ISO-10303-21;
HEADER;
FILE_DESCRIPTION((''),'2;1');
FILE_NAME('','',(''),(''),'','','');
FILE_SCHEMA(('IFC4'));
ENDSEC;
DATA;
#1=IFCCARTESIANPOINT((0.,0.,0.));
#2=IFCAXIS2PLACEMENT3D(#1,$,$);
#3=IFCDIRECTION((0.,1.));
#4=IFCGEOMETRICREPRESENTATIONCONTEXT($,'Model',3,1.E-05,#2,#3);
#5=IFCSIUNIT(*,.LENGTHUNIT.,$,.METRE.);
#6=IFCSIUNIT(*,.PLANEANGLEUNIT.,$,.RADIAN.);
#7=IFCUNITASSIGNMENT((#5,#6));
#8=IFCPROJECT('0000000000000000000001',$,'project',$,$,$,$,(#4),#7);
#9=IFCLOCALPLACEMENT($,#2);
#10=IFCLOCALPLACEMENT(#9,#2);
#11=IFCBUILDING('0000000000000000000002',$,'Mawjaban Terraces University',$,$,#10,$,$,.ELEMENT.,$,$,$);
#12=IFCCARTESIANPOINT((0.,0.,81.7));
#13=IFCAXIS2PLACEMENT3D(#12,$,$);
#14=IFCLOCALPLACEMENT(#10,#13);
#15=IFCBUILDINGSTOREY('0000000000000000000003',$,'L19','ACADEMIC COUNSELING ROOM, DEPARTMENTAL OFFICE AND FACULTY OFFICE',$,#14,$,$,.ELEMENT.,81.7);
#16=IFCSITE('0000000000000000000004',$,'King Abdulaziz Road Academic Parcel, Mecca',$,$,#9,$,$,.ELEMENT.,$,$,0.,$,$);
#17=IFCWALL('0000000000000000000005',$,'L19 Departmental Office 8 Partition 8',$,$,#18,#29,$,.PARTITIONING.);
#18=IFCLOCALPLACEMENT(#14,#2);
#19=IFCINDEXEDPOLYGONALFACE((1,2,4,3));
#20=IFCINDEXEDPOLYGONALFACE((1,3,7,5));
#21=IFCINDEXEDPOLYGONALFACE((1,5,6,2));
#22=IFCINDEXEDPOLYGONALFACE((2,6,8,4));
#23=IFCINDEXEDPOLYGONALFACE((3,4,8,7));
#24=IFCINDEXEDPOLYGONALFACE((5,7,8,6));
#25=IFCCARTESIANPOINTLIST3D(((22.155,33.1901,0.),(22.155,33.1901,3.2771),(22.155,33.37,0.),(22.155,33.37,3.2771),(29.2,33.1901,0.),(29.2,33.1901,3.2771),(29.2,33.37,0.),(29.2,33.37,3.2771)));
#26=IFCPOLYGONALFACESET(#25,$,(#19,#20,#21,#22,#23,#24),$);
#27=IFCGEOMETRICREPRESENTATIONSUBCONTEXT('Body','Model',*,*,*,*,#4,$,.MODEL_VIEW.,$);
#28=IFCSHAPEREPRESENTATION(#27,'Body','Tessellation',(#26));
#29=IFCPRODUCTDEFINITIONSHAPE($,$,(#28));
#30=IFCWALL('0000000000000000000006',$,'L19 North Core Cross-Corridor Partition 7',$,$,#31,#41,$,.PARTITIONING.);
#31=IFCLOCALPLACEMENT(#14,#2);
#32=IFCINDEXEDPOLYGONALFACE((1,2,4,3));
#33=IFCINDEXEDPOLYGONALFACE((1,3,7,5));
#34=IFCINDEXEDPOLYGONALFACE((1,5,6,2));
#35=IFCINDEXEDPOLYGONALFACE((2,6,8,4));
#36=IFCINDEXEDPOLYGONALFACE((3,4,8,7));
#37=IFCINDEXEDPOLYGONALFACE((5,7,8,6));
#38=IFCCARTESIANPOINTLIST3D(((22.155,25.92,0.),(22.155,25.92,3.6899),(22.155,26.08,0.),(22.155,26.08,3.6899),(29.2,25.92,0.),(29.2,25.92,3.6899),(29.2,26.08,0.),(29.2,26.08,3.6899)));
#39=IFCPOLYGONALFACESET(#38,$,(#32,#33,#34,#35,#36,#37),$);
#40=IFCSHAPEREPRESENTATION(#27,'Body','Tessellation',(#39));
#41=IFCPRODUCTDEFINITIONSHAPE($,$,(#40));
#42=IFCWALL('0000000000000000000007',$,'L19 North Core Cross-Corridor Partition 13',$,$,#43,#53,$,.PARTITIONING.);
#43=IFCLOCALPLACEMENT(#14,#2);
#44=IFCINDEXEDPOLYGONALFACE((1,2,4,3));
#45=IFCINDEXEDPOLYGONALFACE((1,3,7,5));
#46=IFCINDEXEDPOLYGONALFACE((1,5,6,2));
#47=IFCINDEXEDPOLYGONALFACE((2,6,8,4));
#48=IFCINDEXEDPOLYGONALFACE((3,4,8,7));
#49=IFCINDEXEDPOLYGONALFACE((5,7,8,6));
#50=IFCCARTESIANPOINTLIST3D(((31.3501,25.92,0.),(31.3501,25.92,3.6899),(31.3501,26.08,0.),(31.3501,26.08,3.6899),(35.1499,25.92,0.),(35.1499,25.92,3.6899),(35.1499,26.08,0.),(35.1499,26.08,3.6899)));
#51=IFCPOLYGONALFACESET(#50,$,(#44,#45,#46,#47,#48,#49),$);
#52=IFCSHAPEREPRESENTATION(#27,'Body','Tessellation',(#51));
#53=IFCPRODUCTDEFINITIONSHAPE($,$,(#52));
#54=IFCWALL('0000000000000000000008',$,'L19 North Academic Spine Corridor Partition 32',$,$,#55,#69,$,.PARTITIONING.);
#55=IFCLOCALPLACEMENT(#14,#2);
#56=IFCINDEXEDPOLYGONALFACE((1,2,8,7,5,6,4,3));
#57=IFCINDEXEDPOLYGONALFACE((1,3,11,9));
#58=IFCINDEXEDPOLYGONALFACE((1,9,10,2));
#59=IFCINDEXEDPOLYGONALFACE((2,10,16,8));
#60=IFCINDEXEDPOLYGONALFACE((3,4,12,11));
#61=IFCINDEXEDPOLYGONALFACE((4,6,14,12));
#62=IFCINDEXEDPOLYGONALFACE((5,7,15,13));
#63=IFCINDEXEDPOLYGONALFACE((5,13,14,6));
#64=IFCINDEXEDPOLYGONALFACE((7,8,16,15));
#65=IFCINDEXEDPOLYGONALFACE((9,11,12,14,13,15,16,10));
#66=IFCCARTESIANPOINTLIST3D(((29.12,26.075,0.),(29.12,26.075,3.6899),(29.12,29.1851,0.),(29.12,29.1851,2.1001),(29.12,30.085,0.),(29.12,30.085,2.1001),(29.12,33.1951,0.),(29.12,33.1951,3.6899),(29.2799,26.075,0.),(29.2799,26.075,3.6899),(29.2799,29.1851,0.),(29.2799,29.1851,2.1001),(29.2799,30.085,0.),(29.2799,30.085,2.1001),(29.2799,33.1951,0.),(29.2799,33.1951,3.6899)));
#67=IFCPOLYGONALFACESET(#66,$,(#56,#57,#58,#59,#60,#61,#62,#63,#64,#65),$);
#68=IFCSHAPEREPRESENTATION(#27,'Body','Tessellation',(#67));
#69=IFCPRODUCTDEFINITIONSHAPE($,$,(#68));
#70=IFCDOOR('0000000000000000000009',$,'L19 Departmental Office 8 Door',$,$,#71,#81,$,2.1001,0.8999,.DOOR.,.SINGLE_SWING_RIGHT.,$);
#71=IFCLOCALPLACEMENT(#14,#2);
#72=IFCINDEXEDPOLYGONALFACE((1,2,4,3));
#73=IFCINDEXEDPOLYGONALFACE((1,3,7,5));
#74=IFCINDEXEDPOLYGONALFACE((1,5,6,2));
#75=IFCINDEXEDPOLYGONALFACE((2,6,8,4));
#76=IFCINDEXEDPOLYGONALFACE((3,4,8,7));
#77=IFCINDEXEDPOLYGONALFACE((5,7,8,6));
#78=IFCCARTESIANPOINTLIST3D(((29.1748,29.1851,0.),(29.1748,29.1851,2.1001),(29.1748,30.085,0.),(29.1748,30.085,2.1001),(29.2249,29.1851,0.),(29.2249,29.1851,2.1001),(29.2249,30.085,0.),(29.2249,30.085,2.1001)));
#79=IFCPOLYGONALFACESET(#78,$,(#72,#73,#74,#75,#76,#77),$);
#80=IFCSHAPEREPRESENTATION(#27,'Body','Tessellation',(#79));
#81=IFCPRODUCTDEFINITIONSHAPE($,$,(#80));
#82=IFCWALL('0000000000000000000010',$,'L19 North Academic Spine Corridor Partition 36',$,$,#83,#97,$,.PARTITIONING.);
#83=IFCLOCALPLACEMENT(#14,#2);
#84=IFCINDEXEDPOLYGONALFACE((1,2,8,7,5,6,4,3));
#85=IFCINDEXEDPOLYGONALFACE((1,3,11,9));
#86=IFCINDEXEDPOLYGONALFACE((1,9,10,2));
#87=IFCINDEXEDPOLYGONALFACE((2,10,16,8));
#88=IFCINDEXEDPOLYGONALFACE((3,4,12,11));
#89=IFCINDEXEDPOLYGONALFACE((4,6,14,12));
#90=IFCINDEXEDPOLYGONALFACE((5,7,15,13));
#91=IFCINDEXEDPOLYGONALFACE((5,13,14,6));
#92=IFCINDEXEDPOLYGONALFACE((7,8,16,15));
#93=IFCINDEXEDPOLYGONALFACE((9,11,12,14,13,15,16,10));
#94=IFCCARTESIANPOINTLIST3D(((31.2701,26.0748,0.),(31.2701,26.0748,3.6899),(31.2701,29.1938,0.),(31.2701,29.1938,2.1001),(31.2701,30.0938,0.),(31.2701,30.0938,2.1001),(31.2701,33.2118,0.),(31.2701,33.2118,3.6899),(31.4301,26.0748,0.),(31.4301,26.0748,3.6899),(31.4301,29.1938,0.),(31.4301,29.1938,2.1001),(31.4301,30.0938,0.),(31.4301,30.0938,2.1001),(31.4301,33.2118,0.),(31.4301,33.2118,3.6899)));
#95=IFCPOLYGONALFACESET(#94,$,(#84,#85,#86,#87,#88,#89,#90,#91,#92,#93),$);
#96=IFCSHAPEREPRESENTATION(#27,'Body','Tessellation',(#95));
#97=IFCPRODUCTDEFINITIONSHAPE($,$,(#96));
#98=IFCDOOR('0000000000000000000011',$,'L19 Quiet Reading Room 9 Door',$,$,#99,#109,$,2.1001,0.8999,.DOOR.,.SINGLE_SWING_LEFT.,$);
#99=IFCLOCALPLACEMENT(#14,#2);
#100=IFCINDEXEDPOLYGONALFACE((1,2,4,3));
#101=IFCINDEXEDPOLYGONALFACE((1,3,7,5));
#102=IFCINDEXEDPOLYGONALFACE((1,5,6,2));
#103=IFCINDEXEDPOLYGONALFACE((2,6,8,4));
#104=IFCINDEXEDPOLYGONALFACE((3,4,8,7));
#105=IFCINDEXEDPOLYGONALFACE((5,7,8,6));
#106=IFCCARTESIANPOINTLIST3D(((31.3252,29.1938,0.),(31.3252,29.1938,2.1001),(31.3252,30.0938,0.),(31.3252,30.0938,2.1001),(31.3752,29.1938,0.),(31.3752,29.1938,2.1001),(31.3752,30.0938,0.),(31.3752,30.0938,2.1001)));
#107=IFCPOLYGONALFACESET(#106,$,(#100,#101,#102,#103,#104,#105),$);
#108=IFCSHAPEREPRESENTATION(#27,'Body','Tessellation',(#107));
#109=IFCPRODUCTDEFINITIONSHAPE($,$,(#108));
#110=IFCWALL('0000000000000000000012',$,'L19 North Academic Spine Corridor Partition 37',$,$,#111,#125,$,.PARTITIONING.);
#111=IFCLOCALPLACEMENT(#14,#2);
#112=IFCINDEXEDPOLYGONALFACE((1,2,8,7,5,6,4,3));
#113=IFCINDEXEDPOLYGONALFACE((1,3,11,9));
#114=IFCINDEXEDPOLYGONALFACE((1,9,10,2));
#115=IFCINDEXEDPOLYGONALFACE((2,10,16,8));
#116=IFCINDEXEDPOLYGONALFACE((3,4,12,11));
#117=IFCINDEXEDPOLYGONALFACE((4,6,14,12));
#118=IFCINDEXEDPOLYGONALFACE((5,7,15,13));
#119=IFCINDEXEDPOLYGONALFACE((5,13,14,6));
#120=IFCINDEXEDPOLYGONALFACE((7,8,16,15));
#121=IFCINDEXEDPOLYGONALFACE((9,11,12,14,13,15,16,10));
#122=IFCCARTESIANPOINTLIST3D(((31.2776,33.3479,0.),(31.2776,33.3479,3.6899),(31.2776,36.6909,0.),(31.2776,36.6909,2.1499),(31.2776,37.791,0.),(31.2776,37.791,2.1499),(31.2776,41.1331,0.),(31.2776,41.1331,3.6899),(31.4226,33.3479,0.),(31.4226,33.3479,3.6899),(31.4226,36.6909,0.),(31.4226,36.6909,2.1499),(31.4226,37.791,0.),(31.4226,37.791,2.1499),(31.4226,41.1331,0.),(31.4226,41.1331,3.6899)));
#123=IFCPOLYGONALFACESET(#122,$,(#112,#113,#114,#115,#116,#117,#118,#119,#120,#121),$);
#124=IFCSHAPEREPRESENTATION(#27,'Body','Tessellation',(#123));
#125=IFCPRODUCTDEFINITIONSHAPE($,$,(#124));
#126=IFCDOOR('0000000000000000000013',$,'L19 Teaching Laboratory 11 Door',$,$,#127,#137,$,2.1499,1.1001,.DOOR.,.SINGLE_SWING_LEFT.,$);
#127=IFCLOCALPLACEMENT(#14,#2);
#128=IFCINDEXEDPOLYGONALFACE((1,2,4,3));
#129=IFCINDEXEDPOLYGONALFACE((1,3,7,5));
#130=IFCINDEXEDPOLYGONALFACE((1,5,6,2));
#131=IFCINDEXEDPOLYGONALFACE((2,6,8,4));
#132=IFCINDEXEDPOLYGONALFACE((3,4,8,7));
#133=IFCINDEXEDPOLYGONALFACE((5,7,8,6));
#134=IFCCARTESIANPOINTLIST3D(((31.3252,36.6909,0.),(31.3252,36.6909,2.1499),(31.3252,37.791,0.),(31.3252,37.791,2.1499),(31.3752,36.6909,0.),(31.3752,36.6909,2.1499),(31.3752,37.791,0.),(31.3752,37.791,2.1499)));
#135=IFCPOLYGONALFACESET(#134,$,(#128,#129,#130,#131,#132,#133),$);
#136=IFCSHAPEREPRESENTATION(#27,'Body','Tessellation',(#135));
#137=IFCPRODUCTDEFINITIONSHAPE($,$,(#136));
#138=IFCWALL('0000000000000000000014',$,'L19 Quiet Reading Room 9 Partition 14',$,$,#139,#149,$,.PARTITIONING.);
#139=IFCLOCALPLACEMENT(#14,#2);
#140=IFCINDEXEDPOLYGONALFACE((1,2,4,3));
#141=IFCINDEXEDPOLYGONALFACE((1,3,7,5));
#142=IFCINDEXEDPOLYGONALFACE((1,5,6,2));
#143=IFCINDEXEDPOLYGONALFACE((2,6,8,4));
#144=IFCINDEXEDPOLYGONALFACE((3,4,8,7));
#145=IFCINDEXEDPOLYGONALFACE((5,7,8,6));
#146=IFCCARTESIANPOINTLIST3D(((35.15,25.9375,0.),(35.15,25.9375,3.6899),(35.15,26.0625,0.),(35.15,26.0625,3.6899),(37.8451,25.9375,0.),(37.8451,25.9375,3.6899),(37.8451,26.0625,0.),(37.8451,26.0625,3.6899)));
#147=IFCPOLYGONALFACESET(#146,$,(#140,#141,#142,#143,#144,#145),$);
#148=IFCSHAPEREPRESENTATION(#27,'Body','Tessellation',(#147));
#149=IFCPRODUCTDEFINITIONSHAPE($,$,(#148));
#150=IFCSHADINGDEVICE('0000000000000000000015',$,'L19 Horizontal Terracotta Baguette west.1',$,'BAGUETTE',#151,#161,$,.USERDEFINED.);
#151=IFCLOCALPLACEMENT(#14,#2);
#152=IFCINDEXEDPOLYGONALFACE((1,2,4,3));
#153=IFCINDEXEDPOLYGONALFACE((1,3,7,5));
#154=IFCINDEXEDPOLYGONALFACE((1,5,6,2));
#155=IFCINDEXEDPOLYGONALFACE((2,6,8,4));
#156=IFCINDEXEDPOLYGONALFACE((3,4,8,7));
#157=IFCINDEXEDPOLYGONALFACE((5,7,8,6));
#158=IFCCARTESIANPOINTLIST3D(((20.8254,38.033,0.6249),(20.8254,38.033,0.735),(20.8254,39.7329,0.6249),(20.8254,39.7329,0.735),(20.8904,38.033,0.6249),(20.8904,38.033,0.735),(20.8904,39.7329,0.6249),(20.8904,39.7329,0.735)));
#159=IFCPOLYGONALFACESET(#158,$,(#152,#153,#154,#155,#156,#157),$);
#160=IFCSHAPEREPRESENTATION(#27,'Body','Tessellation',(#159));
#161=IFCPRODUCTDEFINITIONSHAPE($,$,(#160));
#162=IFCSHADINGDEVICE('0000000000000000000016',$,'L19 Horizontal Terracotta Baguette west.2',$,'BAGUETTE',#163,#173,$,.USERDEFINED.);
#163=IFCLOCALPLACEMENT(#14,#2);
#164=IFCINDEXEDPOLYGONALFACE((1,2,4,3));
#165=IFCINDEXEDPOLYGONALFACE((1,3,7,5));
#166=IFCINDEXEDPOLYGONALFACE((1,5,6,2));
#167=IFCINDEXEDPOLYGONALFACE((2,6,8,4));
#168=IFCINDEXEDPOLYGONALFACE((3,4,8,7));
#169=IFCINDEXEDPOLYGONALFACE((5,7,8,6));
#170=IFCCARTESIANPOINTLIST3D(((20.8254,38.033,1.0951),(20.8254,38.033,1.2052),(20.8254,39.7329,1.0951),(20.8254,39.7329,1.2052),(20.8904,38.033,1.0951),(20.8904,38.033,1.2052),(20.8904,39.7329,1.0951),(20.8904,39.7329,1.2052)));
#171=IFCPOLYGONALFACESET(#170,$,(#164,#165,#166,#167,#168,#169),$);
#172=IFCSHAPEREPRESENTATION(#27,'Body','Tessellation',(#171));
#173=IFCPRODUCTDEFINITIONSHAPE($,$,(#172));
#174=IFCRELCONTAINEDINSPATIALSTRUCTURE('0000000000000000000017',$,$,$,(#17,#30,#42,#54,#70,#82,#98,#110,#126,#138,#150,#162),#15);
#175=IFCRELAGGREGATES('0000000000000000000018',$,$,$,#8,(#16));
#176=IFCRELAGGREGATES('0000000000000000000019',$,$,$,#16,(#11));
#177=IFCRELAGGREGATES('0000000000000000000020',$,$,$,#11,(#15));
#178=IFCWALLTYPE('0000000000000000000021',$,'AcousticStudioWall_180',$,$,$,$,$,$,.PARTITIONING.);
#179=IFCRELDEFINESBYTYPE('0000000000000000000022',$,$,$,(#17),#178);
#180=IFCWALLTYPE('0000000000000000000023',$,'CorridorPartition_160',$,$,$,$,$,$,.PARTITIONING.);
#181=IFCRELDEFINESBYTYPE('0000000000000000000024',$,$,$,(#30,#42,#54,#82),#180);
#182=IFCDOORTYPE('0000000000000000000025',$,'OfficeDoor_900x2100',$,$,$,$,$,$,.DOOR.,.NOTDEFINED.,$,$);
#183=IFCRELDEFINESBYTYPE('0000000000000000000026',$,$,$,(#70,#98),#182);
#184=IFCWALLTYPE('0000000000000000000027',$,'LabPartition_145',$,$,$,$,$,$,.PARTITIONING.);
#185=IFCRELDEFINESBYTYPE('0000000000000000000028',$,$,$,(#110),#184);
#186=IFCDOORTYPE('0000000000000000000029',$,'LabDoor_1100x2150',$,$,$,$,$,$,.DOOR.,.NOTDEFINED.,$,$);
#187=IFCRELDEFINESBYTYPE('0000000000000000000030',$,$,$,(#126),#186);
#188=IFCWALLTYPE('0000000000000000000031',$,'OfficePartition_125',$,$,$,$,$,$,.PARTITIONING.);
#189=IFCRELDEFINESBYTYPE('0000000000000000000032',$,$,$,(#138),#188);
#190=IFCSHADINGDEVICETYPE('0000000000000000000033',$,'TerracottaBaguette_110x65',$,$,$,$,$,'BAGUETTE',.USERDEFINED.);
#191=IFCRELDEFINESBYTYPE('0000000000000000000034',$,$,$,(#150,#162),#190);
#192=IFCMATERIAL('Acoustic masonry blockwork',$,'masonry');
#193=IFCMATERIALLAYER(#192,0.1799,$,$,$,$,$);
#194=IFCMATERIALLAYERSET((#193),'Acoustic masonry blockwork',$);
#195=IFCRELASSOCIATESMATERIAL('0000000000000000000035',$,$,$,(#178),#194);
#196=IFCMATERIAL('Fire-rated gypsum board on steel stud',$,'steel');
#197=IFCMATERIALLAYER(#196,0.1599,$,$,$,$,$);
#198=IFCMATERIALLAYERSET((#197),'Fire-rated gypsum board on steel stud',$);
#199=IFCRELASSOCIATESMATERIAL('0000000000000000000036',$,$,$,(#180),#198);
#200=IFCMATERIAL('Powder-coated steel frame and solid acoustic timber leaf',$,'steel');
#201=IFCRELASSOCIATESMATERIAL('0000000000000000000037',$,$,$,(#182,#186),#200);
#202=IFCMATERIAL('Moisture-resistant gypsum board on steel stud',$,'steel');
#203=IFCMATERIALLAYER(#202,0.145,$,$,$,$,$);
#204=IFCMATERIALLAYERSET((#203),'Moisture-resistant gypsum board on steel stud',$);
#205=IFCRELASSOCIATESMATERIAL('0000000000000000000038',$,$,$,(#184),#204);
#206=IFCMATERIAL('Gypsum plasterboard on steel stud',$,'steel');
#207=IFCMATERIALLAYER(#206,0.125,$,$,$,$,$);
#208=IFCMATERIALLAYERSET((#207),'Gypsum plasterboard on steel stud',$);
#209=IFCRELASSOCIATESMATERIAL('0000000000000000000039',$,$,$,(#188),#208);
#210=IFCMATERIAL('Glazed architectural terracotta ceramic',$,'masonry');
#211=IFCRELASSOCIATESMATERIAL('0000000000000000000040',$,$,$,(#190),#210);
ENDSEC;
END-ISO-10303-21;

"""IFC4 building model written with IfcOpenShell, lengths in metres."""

from ifc_helpers import new_model, si_unit, direction, frame, frame_2d, origin, origin_2d, place, context, subcontext, project, spatial, rectangle, extrude, material, layer, layer_set, material_profile, profile_set, type_object, element, fill, save


model = new_model("IFC4")

# Units and contexts
model_context = context("Model", 3, precision=1e-05, world=origin(), true_north=direction((0.0, 1.0)))
body_context = subcontext(model_context, "Body", "Model", "MODEL_VIEW")
ifc_project = project(units=[si_unit("LENGTHUNIT", "METRE"), si_unit("PLANEANGLEUNIT", "RADIAN")], contexts=[model_context])

# Site, building, storey
site_placement = place(None, origin())
site = spatial("IfcSite", under=ifc_project, at=site_placement, Name="King Abdulaziz Road Academic Parcel, Mecca", CompositionType="ELEMENT", RefElevation=0.0)
building_placement = place(site_placement, origin())
building = spatial("IfcBuilding", under=site, at=building_placement, Name="Mawjaban Terraces University", CompositionType="ELEMENT")
storey_placement = place(building_placement, frame((0.0, 0.0, 81.7)))
storey = spatial("IfcBuildingStorey", under=building, at=storey_placement, Name="L19", Description="ACADEMIC COUNSELING ROOM, DEPARTMENTAL OFFICE AND FACULTY OFFICE", CompositionType="ELEMENT", Elevation=81.7)

# Walls
ifc_material_1 = material(Name="Acoustic masonry blockwork", Category="masonry")
ifc_layer_1 = layer(ifc_material_1, 0.1799)
ifc_layer_set_1 = layer_set([ifc_layer_1], Name="Acoustic masonry blockwork")
wall_type_1 = type_object("IfcWallType", Name="AcousticStudioWall_180", PredefinedType="PARTITIONING", material=ifc_layer_set_1)
wall_1_placement = place(storey_placement, frame((29.2, 33.28, 0.0), z_axis=(0.0, 0.0, 1.0), x_axis=(-1.0, 0.0, 0.0)))
element("IfcWall", 1, at=wall_1_placement, inside=storey, type_object=wall_type_1, Name="L19 Departmental Office 8 Partition 8", PredefinedType="PARTITIONING", context=body_context, shape_type="SweptSolid", body=[
    extrude(rectangle(XDim=7.0449, YDim=0.1799, at=frame_2d((3.5225, 0.0))), origin(), (0.0, 0.0, 1.0), 3.2771),
])
ifc_material_2 = material(Name="Fire-rated gypsum board on steel stud", Category="steel")
ifc_layer_2 = layer(ifc_material_2, 0.1599)
ifc_layer_set_2 = layer_set([ifc_layer_2], Name="Fire-rated gypsum board on steel stud")
wall_type_2 = type_object("IfcWallType", Name="CorridorPartition_160", PredefinedType="PARTITIONING", material=ifc_layer_set_2)
wall_2_placement = place(storey_placement, frame((29.2, 26.0, 0.0), z_axis=(0.0, 0.0, 1.0), x_axis=(-1.0, 0.0, 0.0)))
element("IfcWall", 2, at=wall_2_placement, inside=storey, type_object=wall_type_2, Name="L19 North Core Cross-Corridor Partition 7", PredefinedType="PARTITIONING", context=body_context, shape_type="SweptSolid", body=[
    extrude(rectangle(XDim=7.0449, YDim=0.1599, at=frame_2d((3.5225, 0.0))), origin(), (0.0, 0.0, 1.0), 3.6899),
])
wall_3_placement = place(storey_placement, frame((35.1499, 26.0, 0.0), z_axis=(0.0, 0.0, 1.0), x_axis=(-1.0, 0.0, 0.0)))
element("IfcWall", 3, at=wall_3_placement, inside=storey, type_object=wall_type_2, Name="L19 North Core Cross-Corridor Partition 13", PredefinedType="PARTITIONING", context=body_context, shape_type="SweptSolid", body=[
    extrude(rectangle(XDim=3.7998, YDim=0.1599, at=frame_2d((1.8999, 0.0))), origin(), (0.0, 0.0, 1.0), 3.6899),
])

# Walls, openings, doors
wall_4_placement = place(storey_placement, frame((29.2, 33.1951, 0.0), z_axis=(0.0, 0.0, 1.0), x_axis=(0.0, -1.0, 0.0)))
wall_4 = element("IfcWall", 4, at=wall_4_placement, inside=storey, type_object=wall_type_2, Name="L19 North Academic Spine Corridor Partition 32", PredefinedType="PARTITIONING", context=body_context, shape_type="SweptSolid", body=[
    extrude(rectangle(XDim=7.1201, YDim=0.1599, at=frame_2d((3.5601, 0.0))), origin(), (0.0, 0.0, 1.0), 3.6899),
])
opening_1_placement = place(wall_4_placement, frame((3.1101, 0.0, 0.0)))
opening_1 = element("IfcOpeningElement", 5, at=opening_1_placement, cuts=wall_4, PredefinedType="OPENING", context=body_context, shape_type="SweptSolid", body=[
    extrude(rectangle(XDim=0.8999, YDim=2.1001, at=frame_2d((0.45, 1.05))), frame((0.0, 0.0898, 0.0), z_axis=(0.0, -1.0, 0.0), x_axis=(1.0, 0.0, 0.0)), (0.0, 0.0, 1.0), 0.1799),
])
ifc_material_3 = material(Name="Powder-coated steel frame and solid acoustic timber leaf", Category="steel")
door_type_1 = type_object("IfcDoorType", Name="OfficeDoor_900x2100", OperationType="NOTDEFINED", PredefinedType="DOOR", material=ifc_material_3)
door_1_placement = place(opening_1_placement, origin())
door_1 = element("IfcDoor", 6, at=door_1_placement, inside=storey, type_object=door_type_1, Name="L19 Departmental Office 8 Door", OperationType="SINGLE_SWING_RIGHT", OverallHeight=2.1001, OverallWidth=0.8999, PredefinedType="DOOR", context=body_context, shape_type="SweptSolid", body=[
    extrude(rectangle(XDim=0.8999, YDim=2.1001, at=frame_2d((0.45, 1.05))), frame((0.0, 0.0249, 0.0), z_axis=(0.0, -1.0, 0.0), x_axis=(1.0, 0.0, 0.0)), (0.0, 0.0, 1.0), 0.05),
])
fill(opening_1, door_1)
wall_5_placement = place(storey_placement, frame((31.3501, 26.075, 0.0), z_axis=(0.0, 0.0, 1.0), x_axis=(0.0, 1.0, 0.0)))
wall_5 = element("IfcWall", 7, at=wall_5_placement, inside=storey, type_object=wall_type_2, Name="L19 North Academic Spine Corridor Partition 36", PredefinedType="PARTITIONING", context=body_context, shape_type="SweptSolid", body=[
    extrude(rectangle(XDim=7.137, YDim=0.1599, at=frame_2d((3.5684, 0.0))), origin(), (0.0, 0.0, 1.0), 3.6899),
])
opening_2_placement = place(wall_5_placement, frame((3.1189, 0.0, 0.0)))
opening_2 = element("IfcOpeningElement", 8, at=opening_2_placement, cuts=wall_5, PredefinedType="OPENING", context=body_context, shape_type="SweptSolid", body=[
    extrude(rectangle(XDim=0.8999, YDim=2.1001, at=frame_2d((0.45, 1.05))), frame((0.0, 0.0898, 0.0), z_axis=(0.0, -1.0, 0.0), x_axis=(1.0, 0.0, 0.0)), (0.0, 0.0, 1.0), 0.1799),
])
door_2_placement = place(opening_2_placement, origin())
door_2 = element("IfcDoor", 9, at=door_2_placement, inside=storey, type_object=door_type_1, Name="L19 Quiet Reading Room 9 Door", OperationType="SINGLE_SWING_LEFT", OverallHeight=2.1001, OverallWidth=0.8999, PredefinedType="DOOR", context=body_context, shape_type="SweptSolid", body=[
    extrude(rectangle(XDim=0.8999, YDim=2.1001, at=frame_2d((0.45, 1.05))), frame((0.0, 0.0249, 0.0), z_axis=(0.0, -1.0, 0.0), x_axis=(1.0, 0.0, 0.0)), (0.0, 0.0, 1.0), 0.05),
])
fill(opening_2, door_2)
ifc_material_4 = material(Name="Moisture-resistant gypsum board on steel stud", Category="steel")
ifc_layer_3 = layer(ifc_material_4, 0.145)
ifc_layer_set_3 = layer_set([ifc_layer_3], Name="Moisture-resistant gypsum board on steel stud")
wall_type_3 = type_object("IfcWallType", Name="LabPartition_145", PredefinedType="PARTITIONING", material=ifc_layer_set_3)
wall_6_placement = place(storey_placement, frame((31.3501, 33.3479, 0.0), z_axis=(0.0, 0.0, 1.0), x_axis=(0.0, 1.0, 0.0)))
wall_6 = element("IfcWall", 10, at=wall_6_placement, inside=storey, type_object=wall_type_3, Name="L19 North Academic Spine Corridor Partition 37", PredefinedType="PARTITIONING", context=body_context, shape_type="SweptSolid", body=[
    extrude(rectangle(XDim=7.7852, YDim=0.145, at=frame_2d((3.8926, 0.0))), origin(), (0.0, 0.0, 1.0), 3.6899),
])
opening_3_placement = place(wall_6_placement, frame((3.343, 0.0, 0.0)))
opening_3 = element("IfcOpeningElement", 11, at=opening_3_placement, cuts=wall_6, PredefinedType="OPENING", context=body_context, shape_type="SweptSolid", body=[
    extrude(rectangle(XDim=1.1001, YDim=2.1499, at=frame_2d((0.55, 1.075))), frame((0.0, 0.0825, 0.0), z_axis=(0.0, -1.0, 0.0), x_axis=(1.0, 0.0, 0.0)), (0.0, 0.0, 1.0), 0.165),
])
door_type_2 = type_object("IfcDoorType", Name="LabDoor_1100x2150", OperationType="NOTDEFINED", PredefinedType="DOOR", material=ifc_material_3)
door_3_placement = place(opening_3_placement, origin())
door_3 = element("IfcDoor", 12, at=door_3_placement, inside=storey, type_object=door_type_2, Name="L19 Teaching Laboratory 11 Door", OperationType="SINGLE_SWING_LEFT", OverallHeight=2.1499, OverallWidth=1.1001, PredefinedType="DOOR", context=body_context, shape_type="SweptSolid", body=[
    extrude(rectangle(XDim=1.1001, YDim=2.1499, at=frame_2d((0.55, 1.075))), frame((0.0, 0.0249, 0.0), z_axis=(0.0, -1.0, 0.0), x_axis=(1.0, 0.0, 0.0)), (0.0, 0.0, 1.0), 0.05),
])
fill(opening_3, door_3)

# Wall
ifc_material_5 = material(Name="Gypsum plasterboard on steel stud", Category="steel")
ifc_layer_4 = layer(ifc_material_5, 0.125)
ifc_layer_set_4 = layer_set([ifc_layer_4], Name="Gypsum plasterboard on steel stud")
wall_type_4 = type_object("IfcWallType", Name="OfficePartition_125", PredefinedType="PARTITIONING", material=ifc_layer_set_4)
wall_7_placement = place(storey_placement, frame((35.1499, 26.0, 0.0), z_axis=(0.0, 0.0, 1.0), x_axis=(1.0, 0.0, 0.0)))
element("IfcWall", 13, at=wall_7_placement, inside=storey, type_object=wall_type_4, Name="L19 Quiet Reading Room 9 Partition 14", PredefinedType="PARTITIONING", context=body_context, shape_type="SweptSolid", body=[
    extrude(rectangle(XDim=2.6951, YDim=0.125, at=frame_2d((1.3477, 0.0))), origin(), (0.0, 0.0, 1.0), 3.6899),
])

# Shading devices
ifc_material_6 = material(Name="Glazed architectural terracotta ceramic", Category="masonry")
ifc_material_profile_1 = material_profile(ifc_material_6, rectangle(XDim=0.0649, YDim=0.1101, at=origin_2d()), Name="TBAG110X65")
ifc_profile_set_1 = profile_set([ifc_material_profile_1], Name="Glazed architectural terracotta ceramic")
shading_device_type = type_object("IfcShadingDeviceType", Name="TerracottaBaguette_110x65", ElementType="BAGUETTE", PredefinedType="USERDEFINED", material=ifc_profile_set_1)
for number, where, z_axis, x_axis, name in (
    (14, (20.8579, 38.033, 0.6799), (0.0, 1.0, 0.0), (-1.0, 0.0, 0.0), "L19 Horizontal Terracotta Baguette west.1"),
    (15, (20.8579, 38.033, 1.1501), (0.0, 1.0, 0.0), (-1.0, 0.0, 0.0), "L19 Horizontal Terracotta Baguette west.2"),
):
    element("IfcShadingDevice", number, at=place(storey_placement, frame(where, z_axis=z_axis, x_axis=x_axis)), inside=storey, type_object=shading_device_type, Name=name, ObjectType="BAGUETTE", PredefinedType="USERDEFINED", context=body_context, shape_type="SweptSolid", body=[
        extrude(rectangle(XDim=0.0649, YDim=0.1101, at=origin_2d()), origin(), (0.0, 0.0, 1.0), 1.7),
    ])

save(model, "model.ifc")
